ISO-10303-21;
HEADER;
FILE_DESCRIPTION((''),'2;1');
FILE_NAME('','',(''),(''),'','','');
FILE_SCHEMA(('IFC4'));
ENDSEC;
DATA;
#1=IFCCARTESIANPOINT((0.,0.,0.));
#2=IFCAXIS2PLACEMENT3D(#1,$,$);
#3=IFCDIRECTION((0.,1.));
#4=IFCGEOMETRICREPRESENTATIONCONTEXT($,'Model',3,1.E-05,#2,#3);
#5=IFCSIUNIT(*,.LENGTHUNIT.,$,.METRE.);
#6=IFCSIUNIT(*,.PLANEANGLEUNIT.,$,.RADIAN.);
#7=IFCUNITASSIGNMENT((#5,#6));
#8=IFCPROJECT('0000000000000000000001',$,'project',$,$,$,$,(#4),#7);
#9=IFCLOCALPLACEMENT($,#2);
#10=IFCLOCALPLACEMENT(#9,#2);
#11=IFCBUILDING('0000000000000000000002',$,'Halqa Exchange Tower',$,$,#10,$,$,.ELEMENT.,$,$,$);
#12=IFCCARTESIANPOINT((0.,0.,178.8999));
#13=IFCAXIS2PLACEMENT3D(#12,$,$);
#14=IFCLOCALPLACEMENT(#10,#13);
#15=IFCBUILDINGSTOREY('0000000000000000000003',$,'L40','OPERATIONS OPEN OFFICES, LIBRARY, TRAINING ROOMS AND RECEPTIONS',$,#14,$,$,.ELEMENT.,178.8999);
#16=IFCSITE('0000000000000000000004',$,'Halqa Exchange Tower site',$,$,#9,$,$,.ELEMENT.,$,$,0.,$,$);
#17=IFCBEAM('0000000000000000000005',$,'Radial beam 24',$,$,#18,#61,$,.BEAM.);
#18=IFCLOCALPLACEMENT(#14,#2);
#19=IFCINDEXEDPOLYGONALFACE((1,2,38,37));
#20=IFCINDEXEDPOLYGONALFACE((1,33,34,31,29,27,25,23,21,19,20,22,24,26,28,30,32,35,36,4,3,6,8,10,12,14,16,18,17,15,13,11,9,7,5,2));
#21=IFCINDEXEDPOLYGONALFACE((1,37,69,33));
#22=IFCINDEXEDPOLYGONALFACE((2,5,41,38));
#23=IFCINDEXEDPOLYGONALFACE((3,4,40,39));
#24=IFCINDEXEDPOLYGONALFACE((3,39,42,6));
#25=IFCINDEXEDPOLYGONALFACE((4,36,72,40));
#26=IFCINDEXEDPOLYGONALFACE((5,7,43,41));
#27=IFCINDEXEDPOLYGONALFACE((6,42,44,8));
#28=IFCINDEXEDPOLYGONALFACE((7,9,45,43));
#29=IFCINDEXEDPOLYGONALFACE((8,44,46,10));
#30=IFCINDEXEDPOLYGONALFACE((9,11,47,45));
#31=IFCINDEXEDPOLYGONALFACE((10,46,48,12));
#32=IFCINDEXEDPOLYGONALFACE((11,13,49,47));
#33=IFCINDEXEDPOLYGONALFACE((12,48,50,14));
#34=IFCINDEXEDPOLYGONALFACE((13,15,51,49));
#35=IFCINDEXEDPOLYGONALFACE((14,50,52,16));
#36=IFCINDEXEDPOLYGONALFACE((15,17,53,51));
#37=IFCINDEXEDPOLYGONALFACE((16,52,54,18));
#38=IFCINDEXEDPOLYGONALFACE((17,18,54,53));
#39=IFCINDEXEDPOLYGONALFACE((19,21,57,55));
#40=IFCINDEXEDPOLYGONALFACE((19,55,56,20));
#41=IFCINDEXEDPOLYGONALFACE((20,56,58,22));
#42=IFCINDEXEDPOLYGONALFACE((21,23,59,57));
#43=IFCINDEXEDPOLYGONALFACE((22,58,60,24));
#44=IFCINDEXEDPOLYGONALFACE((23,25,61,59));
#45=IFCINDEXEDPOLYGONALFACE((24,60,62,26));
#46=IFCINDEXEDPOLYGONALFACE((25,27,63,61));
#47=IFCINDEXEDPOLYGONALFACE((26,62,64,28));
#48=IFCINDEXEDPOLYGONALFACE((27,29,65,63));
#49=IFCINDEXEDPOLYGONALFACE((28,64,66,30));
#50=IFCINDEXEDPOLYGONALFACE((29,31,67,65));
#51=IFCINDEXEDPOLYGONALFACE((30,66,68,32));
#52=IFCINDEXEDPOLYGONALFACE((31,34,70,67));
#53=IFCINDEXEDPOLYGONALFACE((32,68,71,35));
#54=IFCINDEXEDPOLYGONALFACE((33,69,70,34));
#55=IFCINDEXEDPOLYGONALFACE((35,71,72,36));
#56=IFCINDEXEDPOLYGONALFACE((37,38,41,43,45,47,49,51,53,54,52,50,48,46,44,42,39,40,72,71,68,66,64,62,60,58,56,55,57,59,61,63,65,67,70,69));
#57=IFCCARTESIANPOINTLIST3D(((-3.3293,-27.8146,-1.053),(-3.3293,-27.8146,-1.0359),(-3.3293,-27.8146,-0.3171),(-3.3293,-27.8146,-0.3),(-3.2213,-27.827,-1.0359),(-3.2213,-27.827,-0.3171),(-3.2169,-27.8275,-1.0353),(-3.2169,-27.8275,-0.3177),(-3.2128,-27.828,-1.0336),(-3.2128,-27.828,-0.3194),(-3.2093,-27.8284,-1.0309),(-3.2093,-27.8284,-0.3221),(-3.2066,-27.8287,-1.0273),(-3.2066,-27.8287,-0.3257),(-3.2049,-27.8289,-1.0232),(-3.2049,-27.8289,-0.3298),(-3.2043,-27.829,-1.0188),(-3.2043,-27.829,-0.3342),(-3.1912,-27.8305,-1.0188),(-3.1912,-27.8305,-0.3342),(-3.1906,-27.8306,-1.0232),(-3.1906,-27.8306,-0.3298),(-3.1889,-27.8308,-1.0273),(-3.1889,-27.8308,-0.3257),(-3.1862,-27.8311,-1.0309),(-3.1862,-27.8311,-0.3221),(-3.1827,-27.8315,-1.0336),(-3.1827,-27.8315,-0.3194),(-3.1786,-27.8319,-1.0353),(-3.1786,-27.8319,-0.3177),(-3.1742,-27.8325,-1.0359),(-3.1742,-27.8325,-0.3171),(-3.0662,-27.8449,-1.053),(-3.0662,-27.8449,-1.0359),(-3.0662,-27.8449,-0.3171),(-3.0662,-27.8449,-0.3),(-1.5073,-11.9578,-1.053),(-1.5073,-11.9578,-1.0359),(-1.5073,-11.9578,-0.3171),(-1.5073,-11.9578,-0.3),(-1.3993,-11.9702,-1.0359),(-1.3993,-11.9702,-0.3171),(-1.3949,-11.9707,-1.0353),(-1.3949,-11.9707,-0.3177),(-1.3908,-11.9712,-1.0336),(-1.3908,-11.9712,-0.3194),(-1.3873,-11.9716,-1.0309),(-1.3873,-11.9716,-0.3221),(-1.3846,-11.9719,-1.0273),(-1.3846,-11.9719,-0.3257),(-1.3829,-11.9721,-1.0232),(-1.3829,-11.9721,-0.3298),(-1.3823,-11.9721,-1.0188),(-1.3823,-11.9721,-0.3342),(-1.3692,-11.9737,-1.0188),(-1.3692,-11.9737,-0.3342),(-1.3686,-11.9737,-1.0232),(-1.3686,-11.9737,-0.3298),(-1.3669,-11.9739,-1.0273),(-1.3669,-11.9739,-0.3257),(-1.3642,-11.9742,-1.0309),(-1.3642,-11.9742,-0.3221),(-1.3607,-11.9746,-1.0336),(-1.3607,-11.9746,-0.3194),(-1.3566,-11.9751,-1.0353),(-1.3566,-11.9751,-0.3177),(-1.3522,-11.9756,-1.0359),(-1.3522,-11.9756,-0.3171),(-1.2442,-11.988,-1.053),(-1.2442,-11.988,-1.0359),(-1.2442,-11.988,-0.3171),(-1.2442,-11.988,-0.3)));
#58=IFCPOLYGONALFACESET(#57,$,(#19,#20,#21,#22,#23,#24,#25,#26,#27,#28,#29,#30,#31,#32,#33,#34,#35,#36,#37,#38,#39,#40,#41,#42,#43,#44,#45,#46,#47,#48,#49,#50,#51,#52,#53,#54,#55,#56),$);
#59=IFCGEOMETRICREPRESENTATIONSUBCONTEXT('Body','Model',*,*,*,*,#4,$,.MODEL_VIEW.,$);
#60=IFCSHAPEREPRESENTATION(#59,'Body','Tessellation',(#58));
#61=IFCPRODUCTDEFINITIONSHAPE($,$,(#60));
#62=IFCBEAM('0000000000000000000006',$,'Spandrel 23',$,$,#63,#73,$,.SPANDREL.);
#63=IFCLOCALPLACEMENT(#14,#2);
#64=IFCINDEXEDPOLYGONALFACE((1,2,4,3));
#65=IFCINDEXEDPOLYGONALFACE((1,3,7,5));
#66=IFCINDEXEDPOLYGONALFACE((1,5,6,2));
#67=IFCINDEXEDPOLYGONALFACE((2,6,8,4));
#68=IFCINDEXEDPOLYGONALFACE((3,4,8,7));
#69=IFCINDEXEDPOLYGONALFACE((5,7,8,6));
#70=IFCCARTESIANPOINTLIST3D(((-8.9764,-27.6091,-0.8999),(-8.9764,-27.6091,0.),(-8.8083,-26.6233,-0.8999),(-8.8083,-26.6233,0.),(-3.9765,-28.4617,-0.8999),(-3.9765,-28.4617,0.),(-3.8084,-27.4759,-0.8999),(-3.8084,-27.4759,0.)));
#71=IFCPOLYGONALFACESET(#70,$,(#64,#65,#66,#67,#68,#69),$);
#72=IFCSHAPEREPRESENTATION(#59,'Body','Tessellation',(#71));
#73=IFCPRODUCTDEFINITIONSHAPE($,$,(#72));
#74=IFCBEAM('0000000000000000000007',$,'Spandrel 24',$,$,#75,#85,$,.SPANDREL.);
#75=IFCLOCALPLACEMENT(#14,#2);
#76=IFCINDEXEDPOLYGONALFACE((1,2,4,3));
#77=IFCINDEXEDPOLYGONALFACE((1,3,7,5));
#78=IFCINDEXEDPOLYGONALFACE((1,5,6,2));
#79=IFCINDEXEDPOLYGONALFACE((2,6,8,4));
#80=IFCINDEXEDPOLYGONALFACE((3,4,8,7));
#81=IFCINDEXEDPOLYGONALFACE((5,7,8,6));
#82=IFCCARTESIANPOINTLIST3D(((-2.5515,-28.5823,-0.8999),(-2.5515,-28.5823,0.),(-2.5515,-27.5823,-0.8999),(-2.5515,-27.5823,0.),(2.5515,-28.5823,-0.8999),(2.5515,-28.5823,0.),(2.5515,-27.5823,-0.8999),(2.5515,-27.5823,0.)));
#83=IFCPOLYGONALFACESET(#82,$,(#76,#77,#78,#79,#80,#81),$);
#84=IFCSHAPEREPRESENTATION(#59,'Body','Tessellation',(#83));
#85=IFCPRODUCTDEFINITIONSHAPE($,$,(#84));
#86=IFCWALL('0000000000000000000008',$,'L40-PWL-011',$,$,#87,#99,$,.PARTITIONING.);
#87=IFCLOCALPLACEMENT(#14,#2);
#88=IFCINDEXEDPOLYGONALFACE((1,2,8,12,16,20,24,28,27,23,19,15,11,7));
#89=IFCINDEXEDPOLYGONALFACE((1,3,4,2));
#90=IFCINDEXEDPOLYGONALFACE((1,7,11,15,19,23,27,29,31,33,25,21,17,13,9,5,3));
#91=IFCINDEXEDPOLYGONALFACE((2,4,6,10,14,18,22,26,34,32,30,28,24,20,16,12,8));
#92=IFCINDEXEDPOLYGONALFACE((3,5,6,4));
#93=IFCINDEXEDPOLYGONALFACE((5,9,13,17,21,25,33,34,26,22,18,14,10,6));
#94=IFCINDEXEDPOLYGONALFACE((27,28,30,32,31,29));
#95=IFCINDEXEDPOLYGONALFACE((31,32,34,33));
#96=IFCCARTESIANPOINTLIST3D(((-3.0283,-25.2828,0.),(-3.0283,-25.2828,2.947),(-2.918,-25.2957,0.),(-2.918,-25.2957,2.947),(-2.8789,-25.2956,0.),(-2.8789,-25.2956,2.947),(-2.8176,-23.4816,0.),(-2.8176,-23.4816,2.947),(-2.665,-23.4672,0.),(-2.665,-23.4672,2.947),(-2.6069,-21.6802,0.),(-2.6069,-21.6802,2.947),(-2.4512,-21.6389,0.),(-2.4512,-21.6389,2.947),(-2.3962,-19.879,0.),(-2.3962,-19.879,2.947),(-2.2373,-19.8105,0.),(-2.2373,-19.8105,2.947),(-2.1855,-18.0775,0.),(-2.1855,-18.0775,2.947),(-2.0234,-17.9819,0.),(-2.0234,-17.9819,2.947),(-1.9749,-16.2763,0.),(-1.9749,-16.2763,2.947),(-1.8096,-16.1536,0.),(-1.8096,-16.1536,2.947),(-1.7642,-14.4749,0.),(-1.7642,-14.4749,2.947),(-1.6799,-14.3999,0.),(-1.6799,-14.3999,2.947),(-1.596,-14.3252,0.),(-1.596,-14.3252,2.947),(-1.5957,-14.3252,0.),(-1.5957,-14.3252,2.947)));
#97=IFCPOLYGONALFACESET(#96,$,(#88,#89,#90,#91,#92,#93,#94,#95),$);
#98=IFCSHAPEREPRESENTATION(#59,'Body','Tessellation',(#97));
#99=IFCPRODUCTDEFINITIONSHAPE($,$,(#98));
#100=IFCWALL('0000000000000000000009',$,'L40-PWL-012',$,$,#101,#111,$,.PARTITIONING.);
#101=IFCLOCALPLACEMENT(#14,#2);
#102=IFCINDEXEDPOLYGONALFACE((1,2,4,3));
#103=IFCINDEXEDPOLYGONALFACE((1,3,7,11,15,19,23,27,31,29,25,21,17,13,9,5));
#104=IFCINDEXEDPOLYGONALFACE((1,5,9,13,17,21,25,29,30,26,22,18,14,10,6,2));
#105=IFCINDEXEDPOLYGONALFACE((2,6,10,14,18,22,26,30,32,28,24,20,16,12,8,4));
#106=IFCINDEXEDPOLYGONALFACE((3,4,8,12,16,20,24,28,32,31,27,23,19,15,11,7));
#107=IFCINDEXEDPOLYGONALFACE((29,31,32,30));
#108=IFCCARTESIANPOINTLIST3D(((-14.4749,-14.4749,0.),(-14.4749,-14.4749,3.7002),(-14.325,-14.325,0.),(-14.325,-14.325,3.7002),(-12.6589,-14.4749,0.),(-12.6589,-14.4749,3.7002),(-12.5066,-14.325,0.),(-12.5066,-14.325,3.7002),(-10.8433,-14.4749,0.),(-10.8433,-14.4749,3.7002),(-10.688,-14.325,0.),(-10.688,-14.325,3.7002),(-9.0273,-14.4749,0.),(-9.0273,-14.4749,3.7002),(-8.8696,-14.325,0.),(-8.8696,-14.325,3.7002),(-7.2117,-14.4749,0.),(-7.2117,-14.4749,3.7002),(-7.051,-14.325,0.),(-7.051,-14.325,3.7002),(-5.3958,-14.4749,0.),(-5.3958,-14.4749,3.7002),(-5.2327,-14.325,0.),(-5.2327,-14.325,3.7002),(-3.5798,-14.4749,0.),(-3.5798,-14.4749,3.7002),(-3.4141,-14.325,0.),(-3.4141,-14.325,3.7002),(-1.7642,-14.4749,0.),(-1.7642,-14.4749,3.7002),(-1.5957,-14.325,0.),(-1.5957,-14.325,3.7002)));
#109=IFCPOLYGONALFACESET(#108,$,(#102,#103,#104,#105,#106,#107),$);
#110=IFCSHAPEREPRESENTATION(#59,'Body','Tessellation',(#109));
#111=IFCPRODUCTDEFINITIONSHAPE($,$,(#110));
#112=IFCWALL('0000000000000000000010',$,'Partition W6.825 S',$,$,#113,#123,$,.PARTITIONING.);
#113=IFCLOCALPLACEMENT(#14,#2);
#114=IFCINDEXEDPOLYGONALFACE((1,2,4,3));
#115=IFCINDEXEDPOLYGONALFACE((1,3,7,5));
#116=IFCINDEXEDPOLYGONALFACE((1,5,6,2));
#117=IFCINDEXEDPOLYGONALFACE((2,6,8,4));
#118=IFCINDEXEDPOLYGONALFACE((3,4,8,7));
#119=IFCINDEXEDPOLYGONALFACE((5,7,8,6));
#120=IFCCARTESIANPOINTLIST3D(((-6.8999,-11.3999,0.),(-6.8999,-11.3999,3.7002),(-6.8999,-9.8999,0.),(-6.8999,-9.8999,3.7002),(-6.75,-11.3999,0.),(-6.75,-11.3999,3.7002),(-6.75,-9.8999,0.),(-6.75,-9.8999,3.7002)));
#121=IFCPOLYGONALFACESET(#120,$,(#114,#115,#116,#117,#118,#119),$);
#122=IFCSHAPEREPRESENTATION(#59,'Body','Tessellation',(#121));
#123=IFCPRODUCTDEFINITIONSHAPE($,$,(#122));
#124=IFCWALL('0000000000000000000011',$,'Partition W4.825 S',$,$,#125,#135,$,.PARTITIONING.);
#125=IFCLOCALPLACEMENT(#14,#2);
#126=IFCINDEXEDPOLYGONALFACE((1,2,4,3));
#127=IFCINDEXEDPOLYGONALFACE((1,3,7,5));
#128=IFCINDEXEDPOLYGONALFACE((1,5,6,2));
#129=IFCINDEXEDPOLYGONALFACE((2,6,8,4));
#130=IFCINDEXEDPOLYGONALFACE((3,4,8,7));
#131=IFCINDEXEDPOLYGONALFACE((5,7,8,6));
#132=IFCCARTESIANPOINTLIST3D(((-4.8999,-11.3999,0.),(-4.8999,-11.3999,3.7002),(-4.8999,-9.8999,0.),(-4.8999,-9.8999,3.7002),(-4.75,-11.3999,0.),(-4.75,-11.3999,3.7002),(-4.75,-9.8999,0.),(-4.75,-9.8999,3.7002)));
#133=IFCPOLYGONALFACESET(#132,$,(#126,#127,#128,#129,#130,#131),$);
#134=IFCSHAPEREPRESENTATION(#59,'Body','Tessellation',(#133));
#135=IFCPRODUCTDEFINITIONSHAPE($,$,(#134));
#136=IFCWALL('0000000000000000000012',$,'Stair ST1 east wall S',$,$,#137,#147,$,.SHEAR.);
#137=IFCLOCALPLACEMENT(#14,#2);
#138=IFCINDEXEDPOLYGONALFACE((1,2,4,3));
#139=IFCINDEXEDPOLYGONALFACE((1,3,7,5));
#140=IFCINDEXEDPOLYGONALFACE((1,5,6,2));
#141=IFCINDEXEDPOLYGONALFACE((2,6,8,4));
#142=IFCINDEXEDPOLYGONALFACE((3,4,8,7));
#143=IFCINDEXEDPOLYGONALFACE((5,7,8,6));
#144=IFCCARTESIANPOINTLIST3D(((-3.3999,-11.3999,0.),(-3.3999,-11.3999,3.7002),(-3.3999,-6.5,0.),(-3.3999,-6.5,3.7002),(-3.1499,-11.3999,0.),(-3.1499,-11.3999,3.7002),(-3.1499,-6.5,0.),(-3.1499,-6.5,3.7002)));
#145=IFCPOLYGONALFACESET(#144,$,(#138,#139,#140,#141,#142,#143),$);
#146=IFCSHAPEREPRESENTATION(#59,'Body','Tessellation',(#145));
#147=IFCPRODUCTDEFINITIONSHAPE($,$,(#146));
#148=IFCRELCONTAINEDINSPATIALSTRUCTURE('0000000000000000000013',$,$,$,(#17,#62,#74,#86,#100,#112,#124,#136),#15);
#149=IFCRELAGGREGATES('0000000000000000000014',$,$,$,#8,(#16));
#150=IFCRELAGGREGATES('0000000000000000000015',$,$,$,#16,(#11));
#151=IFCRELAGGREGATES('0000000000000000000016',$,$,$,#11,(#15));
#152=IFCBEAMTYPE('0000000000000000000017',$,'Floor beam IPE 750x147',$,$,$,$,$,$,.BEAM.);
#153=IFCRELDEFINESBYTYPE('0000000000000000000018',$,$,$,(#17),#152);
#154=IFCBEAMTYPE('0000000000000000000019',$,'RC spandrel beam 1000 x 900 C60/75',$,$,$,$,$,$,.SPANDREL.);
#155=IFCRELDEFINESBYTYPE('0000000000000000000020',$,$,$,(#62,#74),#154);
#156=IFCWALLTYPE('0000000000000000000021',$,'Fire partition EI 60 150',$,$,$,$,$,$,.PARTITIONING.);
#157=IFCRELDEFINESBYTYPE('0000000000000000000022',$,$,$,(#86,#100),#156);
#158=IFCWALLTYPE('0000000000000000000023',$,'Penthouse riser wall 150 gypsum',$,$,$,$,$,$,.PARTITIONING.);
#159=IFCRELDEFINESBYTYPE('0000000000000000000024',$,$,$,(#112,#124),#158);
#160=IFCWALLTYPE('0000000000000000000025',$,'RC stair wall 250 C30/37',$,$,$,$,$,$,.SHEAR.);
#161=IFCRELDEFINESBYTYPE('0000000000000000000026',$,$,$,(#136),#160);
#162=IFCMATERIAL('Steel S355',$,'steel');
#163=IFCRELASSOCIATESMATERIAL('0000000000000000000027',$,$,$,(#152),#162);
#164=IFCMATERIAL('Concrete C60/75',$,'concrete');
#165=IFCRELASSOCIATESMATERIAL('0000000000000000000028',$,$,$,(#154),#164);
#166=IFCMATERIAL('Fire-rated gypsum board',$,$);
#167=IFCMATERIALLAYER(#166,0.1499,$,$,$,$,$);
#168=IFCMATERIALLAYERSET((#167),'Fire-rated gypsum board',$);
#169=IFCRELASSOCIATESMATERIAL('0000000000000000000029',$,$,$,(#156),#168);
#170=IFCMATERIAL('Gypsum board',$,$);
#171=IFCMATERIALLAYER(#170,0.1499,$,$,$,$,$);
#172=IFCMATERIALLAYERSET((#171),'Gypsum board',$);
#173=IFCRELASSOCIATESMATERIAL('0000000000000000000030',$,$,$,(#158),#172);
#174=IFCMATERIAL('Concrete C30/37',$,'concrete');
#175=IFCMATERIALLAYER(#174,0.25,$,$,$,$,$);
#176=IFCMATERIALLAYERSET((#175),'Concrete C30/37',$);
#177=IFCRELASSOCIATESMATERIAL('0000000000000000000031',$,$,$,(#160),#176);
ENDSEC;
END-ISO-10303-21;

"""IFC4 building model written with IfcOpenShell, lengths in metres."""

from ifc_helpers import new_model, si_unit, direction, frame, frame_2d, origin, origin_2d, place, context, subcontext, project, spatial, polyline, rectangle, i_section, outline, extrude, material, layer, layer_set, material_profile, profile_set, type_object, element, save


model = new_model("IFC4")

# Units and contexts
model_context = context("Model", 3, precision=1e-05, world=origin(), true_north=direction((0.0, 1.0)))
body_context = subcontext(model_context, "Body", "Model", "MODEL_VIEW")
ifc_project = project(units=[si_unit("LENGTHUNIT", "METRE"), si_unit("PLANEANGLEUNIT", "RADIAN")], contexts=[model_context])

# Site, building, storey
site_placement = place(None, origin())
site = spatial("IfcSite", under=ifc_project, at=site_placement, Name="Halqa Exchange Tower site", CompositionType="ELEMENT", RefElevation=0.0)
building_placement = place(site_placement, origin())
building = spatial("IfcBuilding", under=site, at=building_placement, Name="Halqa Exchange Tower", CompositionType="ELEMENT")
storey_placement = place(building_placement, frame((0.0, 0.0, 178.8999)))
storey = spatial("IfcBuildingStorey", under=building, at=storey_placement, Name="L40", Description="OPERATIONS OPEN OFFICES, LIBRARY, TRAINING ROOMS AND RECEPTIONS", CompositionType="ELEMENT", Elevation=178.8999)

# Beams
ifc_material_1 = material(Name="Steel S355", Category="steel")
ifc_material_profile_1 = material_profile(ifc_material_1, i_section(OverallWidth=0.2649, OverallDepth=0.7529, WebThickness=0.0132, FlangeThickness=0.0171, FilletRadius=0.0171, at=origin_2d()), Name="IPE 750x147")
ifc_profile_set_1 = profile_set([ifc_material_profile_1], Name="Steel S355")
beam_type_1 = type_object("IfcBeamType", Name="Floor beam IPE 750x147", PredefinedType="BEAM", material=ifc_profile_set_1)
beam_1_placement = place(storey_placement, frame((-1.3757, -11.9729, -0.6765), z_axis=(-0.114153, -0.993463, 0.0), x_axis=(0.993463, -0.114153, 0.0)))
element("IfcBeam", 1, at=beam_1_placement, inside=storey, type_object=beam_type_1, Name="Radial beam 24", PredefinedType="BEAM", context=body_context, shape_type="SweptSolid", body=[
    extrude(i_section(OverallWidth=0.2649, OverallDepth=0.7529, WebThickness=0.0132, FlangeThickness=0.0171, FilletRadius=0.0171, at=origin_2d()), origin(), (0.0, 0.0, 1.0), 15.9612),
])
ifc_material_2 = material(Name="Concrete C60/75", Category="concrete")
ifc_material_profile_2 = material_profile(ifc_material_2, rectangle(XDim=1.0, YDim=0.8999, at=origin_2d()), Name="1000 x 900")
ifc_profile_set_2 = profile_set([ifc_material_profile_2], Name="Concrete C60/75")
beam_type_2 = type_object("IfcBeamType", Name="RC spandrel beam 1000 x 900 C60/75", PredefinedType="SPANDREL", material=ifc_profile_set_2)
beam_2_placement = place(storey_placement, frame((-8.8923, -27.1162, -0.45), z_axis=(0.985772, -0.16809, 0.0), x_axis=(0.16809, 0.985772, 0.0)))
element("IfcBeam", 2, at=beam_2_placement, inside=storey, type_object=beam_type_2, Name="Spandrel 23", PredefinedType="SPANDREL", context=body_context, shape_type="SweptSolid", body=[
    extrude(rectangle(XDim=1.0, YDim=0.8999, at=origin_2d()), origin(), (0.0, 0.0, 1.0), 5.072),
])
beam_3_placement = place(storey_placement, frame((-2.5515, -28.0823, -0.45), z_axis=(1.0, 0.0, 0.0), x_axis=(0.0, 1.0, 0.0)))
element("IfcBeam", 3, at=beam_3_placement, inside=storey, type_object=beam_type_2, Name="Spandrel 24", PredefinedType="SPANDREL", context=body_context, shape_type="SweptSolid", body=[
    extrude(rectangle(XDim=1.0, YDim=0.8999, at=origin_2d()), origin(), (0.0, 0.0, 1.0), 5.103),
])

# Walls
ifc_material_3 = material(Name="Fire-rated gypsum board")
ifc_layer_1 = layer(ifc_material_3, 0.1499)
ifc_layer_set_1 = layer_set([ifc_layer_1], Name="Fire-rated gypsum board")
wall_type_1 = type_object("IfcWallType", Name="Fire partition EI 60 150", PredefinedType="PARTITIONING", material=ifc_layer_set_1)
wall_1_placement = place(storey_placement, frame((-2.9539, -25.2915, 0.0), z_axis=(0.0, 0.0, 1.0), x_axis=(0.116172, 0.993229, 0.0)))
element("IfcWall", 4, at=wall_1_placement, inside=storey, type_object=wall_type_1, Name="L40-PWL-011", PredefinedType="PARTITIONING", context=body_context, shape_type="SweptSolid", body=[
    extrude(outline(polyline([(11.0498, -0.075), (11.0498, -0.0747), (10.9658, 0.0), (10.8816, 0.075), (9.0679, 0.075), (7.2544, 0.075), (5.4407, 0.075), (3.6272, 0.075), (1.8135, 0.075), (0.0, 0.075), (0.0, -0.0361), (0.0046, -0.075), (1.8455, -0.075), (3.6863, -0.075), (5.5271, -0.075), (7.3682, -0.075), (9.209, -0.075), (11.0498, -0.075)])), origin(), (0.0, 0.0, 1.0), 2.947),
])
wall_2_placement = place(storey_placement, frame((-1.5957, -14.3999, 0.0), z_axis=(0.0, 0.0, 1.0), x_axis=(-1.0, 0.0, 0.0)))
element("IfcWall", 5, at=wall_2_placement, inside=storey, type_object=wall_type_1, Name="L40-PWL-012", PredefinedType="PARTITIONING", context=body_context, shape_type="SweptSolid", body=[
    extrude(outline(polyline([(0.0, -0.075), (1.8184, -0.075), (3.637, -0.075), (5.4553, -0.075), (7.2739, -0.075), (9.0923, -0.075), (10.9109, -0.075), (12.7292, -0.075), (12.8792, 0.075), (11.0632, 0.075), (9.2476, 0.075), (7.4316, 0.075), (5.616, 0.075), (3.8, 0.075), (1.9841, 0.075), (0.1685, 0.075), (0.0, -0.075), (0.0, -0.075)])), origin(), (0.0, 0.0, 1.0), 3.7002),
])
ifc_material_4 = material(Name="Gypsum board")
ifc_layer_2 = layer(ifc_material_4, 0.1499)
ifc_layer_set_2 = layer_set([ifc_layer_2], Name="Gypsum board")
wall_type_2 = type_object("IfcWallType", Name="Penthouse riser wall 150 gypsum", PredefinedType="PARTITIONING", material=ifc_layer_set_2)
for number, where, z_axis, x_axis, name in (
    (6, (-6.825, -11.3999, 0.0), (0.0, 0.0, 1.0), (0.0, 1.0, 0.0), "Partition W6.825 S"),
    (7, (-4.825, -11.3999, 0.0), (0.0, 0.0, 1.0), (0.0, 1.0, 0.0), "Partition W4.825 S"),
):
    element("IfcWall", number, at=place(storey_placement, frame(where, z_axis=z_axis, x_axis=x_axis)), inside=storey, type_object=wall_type_2, Name=name, PredefinedType="PARTITIONING", context=body_context, shape_type="SweptSolid", body=[
        extrude(rectangle(XDim=1.5, YDim=0.1499, at=frame_2d((0.75, 0.0))), origin(), (0.0, 0.0, 1.0), 3.7002),
    ])
ifc_material_5 = material(Name="Concrete C30/37", Category="concrete")
ifc_layer_3 = layer(ifc_material_5, 0.25)
ifc_layer_set_3 = layer_set([ifc_layer_3], Name="Concrete C30/37")
wall_type_3 = type_object("IfcWallType", Name="RC stair wall 250 C30/37", PredefinedType="SHEAR", material=ifc_layer_set_3)
wall_3_placement = place(storey_placement, frame((-3.2749, -11.3999, 0.0), z_axis=(0.0, 0.0, 1.0), x_axis=(0.0, 1.0, 0.0)))
element("IfcWall", 8, at=wall_3_placement, inside=storey, type_object=wall_type_3, Name="Stair ST1 east wall S", PredefinedType="SHEAR", context=body_context, shape_type="SweptSolid", body=[
    extrude(rectangle(XDim=4.8999, YDim=0.25, at=frame_2d((2.45, 0.0))), origin(), (0.0, 0.0, 1.0), 3.7002),
])

save(model, "model.ifc")
